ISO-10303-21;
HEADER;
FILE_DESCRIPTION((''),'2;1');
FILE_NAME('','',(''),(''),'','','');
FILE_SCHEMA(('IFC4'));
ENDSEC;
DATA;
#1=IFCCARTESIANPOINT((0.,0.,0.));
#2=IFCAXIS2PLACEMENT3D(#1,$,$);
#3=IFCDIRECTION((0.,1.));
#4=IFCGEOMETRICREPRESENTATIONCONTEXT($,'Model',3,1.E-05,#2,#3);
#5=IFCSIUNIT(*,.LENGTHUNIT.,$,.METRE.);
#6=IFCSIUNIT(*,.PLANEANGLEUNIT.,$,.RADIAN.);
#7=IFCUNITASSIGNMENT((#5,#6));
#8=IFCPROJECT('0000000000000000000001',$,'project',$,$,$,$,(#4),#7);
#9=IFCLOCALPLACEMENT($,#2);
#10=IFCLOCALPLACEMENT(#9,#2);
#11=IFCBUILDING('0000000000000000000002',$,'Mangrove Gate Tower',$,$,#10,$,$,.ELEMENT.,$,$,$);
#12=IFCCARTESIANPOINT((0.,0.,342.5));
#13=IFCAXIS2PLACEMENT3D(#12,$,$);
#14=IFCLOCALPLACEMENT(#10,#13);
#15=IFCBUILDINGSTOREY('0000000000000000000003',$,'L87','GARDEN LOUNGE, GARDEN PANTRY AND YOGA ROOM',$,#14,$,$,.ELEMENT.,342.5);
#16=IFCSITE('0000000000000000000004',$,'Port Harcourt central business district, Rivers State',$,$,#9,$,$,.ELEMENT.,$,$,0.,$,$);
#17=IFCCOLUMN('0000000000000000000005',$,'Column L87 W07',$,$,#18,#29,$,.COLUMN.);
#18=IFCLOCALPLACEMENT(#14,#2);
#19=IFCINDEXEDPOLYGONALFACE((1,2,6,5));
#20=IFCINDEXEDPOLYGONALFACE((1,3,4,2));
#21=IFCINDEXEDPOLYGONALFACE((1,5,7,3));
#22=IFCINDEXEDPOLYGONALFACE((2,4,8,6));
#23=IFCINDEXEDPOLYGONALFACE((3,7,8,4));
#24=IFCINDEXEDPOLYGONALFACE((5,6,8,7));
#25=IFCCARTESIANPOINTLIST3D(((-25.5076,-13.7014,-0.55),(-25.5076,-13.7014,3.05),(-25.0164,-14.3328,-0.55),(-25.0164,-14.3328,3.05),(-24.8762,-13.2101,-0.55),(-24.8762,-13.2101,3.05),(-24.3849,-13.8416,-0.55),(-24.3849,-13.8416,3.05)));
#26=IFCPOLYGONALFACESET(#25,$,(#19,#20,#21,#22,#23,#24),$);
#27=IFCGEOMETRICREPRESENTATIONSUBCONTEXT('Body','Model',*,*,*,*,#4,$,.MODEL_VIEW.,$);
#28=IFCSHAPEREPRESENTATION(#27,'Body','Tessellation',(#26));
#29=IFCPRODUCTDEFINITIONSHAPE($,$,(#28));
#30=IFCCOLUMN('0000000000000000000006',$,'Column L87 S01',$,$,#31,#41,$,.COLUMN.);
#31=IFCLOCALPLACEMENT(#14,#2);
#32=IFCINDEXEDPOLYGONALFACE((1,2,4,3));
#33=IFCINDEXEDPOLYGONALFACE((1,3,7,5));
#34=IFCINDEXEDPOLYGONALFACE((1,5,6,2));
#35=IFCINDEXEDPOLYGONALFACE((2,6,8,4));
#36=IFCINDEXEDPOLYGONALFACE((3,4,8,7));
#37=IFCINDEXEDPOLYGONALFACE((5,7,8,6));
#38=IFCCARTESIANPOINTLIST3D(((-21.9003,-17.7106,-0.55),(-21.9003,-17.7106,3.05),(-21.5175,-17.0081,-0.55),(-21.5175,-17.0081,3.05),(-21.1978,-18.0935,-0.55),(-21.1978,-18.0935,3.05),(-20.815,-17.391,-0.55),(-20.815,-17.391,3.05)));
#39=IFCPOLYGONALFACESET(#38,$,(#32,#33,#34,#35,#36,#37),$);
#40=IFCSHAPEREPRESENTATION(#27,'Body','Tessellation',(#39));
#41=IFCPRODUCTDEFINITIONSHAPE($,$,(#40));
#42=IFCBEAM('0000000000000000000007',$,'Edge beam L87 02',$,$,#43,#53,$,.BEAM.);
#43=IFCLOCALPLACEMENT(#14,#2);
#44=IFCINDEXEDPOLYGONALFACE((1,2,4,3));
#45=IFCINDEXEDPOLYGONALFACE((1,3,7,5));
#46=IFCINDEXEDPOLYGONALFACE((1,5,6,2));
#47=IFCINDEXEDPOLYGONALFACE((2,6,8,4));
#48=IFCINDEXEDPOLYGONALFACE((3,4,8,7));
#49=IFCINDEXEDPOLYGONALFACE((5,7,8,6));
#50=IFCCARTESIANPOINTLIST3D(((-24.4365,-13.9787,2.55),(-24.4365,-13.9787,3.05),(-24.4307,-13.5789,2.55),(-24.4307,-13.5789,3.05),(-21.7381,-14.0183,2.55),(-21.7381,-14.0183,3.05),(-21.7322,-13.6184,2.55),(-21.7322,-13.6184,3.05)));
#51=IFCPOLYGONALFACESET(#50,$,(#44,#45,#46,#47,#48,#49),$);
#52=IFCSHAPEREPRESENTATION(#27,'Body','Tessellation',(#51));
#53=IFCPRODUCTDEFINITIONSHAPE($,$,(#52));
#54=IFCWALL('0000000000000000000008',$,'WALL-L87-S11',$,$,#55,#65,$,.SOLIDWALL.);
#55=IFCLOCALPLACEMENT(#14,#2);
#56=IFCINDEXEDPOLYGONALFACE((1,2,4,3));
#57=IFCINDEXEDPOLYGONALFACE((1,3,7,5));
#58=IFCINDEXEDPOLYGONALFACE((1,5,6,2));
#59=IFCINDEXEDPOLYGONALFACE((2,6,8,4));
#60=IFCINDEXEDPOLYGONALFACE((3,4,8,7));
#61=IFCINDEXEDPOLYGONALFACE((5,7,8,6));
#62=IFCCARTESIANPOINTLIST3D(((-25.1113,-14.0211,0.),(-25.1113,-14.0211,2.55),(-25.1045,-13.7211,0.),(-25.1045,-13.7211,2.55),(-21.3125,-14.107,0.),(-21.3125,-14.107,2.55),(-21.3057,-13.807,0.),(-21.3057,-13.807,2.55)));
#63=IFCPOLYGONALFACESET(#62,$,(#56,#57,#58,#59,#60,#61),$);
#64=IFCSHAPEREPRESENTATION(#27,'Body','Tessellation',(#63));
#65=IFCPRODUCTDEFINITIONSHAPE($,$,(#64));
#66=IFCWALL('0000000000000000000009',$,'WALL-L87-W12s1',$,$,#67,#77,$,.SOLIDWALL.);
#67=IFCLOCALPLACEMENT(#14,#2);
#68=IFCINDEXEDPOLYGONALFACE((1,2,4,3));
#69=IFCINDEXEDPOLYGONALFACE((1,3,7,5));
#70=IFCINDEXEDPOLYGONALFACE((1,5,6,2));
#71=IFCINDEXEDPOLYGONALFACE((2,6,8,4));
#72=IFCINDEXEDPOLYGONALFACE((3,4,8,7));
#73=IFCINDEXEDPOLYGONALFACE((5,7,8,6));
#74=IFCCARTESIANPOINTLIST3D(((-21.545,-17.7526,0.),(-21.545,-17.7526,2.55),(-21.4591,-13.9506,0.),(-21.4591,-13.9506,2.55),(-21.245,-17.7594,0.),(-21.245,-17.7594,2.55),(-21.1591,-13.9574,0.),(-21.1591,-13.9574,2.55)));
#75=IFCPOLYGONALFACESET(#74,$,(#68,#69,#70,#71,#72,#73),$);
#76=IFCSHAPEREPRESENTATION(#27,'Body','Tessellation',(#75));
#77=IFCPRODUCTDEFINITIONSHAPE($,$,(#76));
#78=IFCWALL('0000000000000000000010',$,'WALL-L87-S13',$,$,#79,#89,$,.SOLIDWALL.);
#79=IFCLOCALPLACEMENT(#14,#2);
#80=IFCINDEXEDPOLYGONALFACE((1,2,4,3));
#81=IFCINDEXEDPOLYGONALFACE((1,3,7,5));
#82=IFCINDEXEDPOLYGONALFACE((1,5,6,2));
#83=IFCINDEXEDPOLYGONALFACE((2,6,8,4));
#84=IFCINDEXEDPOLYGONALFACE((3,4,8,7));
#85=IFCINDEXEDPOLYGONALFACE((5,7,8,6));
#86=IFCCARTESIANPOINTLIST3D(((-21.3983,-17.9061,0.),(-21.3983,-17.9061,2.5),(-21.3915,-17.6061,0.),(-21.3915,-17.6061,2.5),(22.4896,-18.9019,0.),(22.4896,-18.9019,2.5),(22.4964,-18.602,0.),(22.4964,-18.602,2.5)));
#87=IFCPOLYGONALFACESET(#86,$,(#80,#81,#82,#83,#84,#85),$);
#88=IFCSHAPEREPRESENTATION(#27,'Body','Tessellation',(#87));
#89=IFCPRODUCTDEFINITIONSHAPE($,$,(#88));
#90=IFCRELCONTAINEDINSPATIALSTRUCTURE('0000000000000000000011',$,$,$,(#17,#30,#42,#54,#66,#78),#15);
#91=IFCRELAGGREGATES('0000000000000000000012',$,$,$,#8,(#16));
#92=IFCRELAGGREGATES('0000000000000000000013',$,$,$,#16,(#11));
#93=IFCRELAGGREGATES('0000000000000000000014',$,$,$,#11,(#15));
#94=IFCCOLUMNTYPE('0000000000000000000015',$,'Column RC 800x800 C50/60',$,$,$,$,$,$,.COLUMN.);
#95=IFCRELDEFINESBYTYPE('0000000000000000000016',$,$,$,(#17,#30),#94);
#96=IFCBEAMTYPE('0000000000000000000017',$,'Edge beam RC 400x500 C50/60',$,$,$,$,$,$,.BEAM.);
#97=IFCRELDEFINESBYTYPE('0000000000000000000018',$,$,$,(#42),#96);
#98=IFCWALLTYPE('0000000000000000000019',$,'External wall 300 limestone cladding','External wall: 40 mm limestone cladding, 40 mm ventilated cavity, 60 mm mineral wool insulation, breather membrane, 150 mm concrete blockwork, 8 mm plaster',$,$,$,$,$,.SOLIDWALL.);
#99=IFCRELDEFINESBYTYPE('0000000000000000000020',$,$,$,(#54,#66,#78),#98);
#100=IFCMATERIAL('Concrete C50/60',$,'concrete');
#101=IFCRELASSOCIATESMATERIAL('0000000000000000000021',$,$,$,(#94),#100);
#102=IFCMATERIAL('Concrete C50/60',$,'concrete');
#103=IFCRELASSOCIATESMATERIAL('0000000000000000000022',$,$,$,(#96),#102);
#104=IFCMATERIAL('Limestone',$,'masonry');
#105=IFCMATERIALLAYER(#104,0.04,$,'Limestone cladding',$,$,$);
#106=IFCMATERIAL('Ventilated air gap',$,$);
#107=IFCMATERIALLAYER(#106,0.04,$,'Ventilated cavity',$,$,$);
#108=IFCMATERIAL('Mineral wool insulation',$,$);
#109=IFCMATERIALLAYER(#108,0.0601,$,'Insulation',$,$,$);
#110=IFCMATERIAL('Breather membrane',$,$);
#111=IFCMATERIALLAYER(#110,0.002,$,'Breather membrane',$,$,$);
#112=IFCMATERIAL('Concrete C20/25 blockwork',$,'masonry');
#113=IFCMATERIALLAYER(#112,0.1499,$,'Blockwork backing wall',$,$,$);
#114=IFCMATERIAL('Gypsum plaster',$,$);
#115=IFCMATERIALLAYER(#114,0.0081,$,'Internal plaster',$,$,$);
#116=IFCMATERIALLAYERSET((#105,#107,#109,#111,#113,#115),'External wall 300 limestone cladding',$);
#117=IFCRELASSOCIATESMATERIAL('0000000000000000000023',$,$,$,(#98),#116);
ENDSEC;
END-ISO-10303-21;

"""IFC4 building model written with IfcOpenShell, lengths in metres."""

from ifc_helpers import new_model, si_unit, direction, frame, frame_2d, origin, origin_2d, place, context, subcontext, project, spatial, rectangle, extrude, material, layer, layer_set, material_profile, profile_set, type_object, element, save


model = new_model("IFC4")

# Units and contexts
model_context = context("Model", 3, precision=1e-05, world=origin(), true_north=direction((0.0, 1.0)))
body_context = subcontext(model_context, "Body", "Model", "MODEL_VIEW")
ifc_project = project(units=[si_unit("LENGTHUNIT", "METRE"), si_unit("PLANEANGLEUNIT", "RADIAN")], contexts=[model_context])

# Site, building, storey
site_placement = place(None, origin())
site = spatial("IfcSite", under=ifc_project, at=site_placement, Name="Port Harcourt central business district, Rivers State", CompositionType="ELEMENT", RefElevation=0.0)
building_placement = place(site_placement, origin())
building = spatial("IfcBuilding", under=site, at=building_placement, Name="Mangrove Gate Tower", CompositionType="ELEMENT")
storey_placement = place(building_placement, frame((0.0, 0.0, 342.5)))
storey = spatial("IfcBuildingStorey", under=building, at=storey_placement, Name="L87", Description="GARDEN LOUNGE, GARDEN PANTRY AND YOGA ROOM", CompositionType="ELEMENT", Elevation=342.5)

# Columns
ifc_material_1 = material(Name="Concrete C50/60", Category="concrete")
ifc_material_profile_1 = material_profile(ifc_material_1, rectangle(XDim=0.8, YDim=0.8, at=origin_2d()))
ifc_profile_set_1 = profile_set([ifc_material_profile_1], Name="Concrete C50/60")
column_type = type_object("IfcColumnType", Name="Column RC 800x800 C50/60", PredefinedType="COLUMN", material=ifc_profile_set_1)
for number, where, z_axis, x_axis, name in (
    (1, (-24.9463, -13.7715, -0.55), (0.0, 0.0, 1.0), (0.614033, -0.789281, 0.0), "Column L87 W07"),
    (2, (-21.3577, -17.5508, -0.55), (0.0, 0.0, 1.0), (0.878066, -0.478539, 0.0), "Column L87 S01"),
):
    element("IfcColumn", number, at=place(storey_placement, frame(where, z_axis=z_axis, x_axis=x_axis)), inside=storey, type_object=column_type, Name=name, PredefinedType="COLUMN", context=body_context, shape_type="SweptSolid", body=[
        extrude(rectangle(XDim=0.8, YDim=0.8, at=origin_2d()), origin(), (0.0, 0.0, 1.0), 3.6001),
    ])

# Beam
ifc_material_2 = material(Name="Concrete C50/60", Category="concrete")
ifc_material_profile_2 = material_profile(ifc_material_2, rectangle(XDim=0.3999, YDim=0.5, at=origin_2d()))
ifc_profile_set_2 = profile_set([ifc_material_profile_2], Name="Concrete C50/60")
beam_type = type_object("IfcBeamType", Name="Edge beam RC 400x500 C50/60", PredefinedType="BEAM", material=ifc_profile_set_2)
beam_placement = place(storey_placement, frame((-24.4336, -13.7788, 2.8), z_axis=(0.999893, -0.014655, 0.0), x_axis=(0.014655, 0.999893, 0.0)))
element("IfcBeam", 3, at=beam_placement, inside=storey, type_object=beam_type, Name="Edge beam L87 02", PredefinedType="BEAM", context=body_context, shape_type="SweptSolid", body=[
    extrude(rectangle(XDim=0.3999, YDim=0.5, at=origin_2d()), origin(), (0.0, 0.0, 1.0), 2.6987),
])

# Walls
ifc_material_3 = material(Name="Limestone", Category="masonry")
ifc_layer_1 = layer(ifc_material_3, 0.04, Name="Limestone cladding")
ifc_material_4 = material(Name="Ventilated air gap")
ifc_layer_2 = layer(ifc_material_4, 0.04, Name="Ventilated cavity")
ifc_material_5 = material(Name="Mineral wool insulation")
ifc_layer_3 = layer(ifc_material_5, 0.0601, Name="Insulation")
ifc_material_6 = material(Name="Breather membrane")
ifc_layer_4 = layer(ifc_material_6, 0.002, Name="Breather membrane")
ifc_material_7 = material(Name="Concrete C20/25 blockwork", Category="masonry")
ifc_layer_5 = layer(ifc_material_7, 0.1499, Name="Blockwork backing wall")
ifc_material_8 = material(Name="Gypsum plaster")
ifc_layer_6 = layer(ifc_material_8, 0.0081, Name="Internal plaster")
ifc_layer_set = layer_set([ifc_layer_1, ifc_layer_2, ifc_layer_3, ifc_layer_4, ifc_layer_5, ifc_layer_6], Name="External wall 300 limestone cladding")
wall_type = type_object("IfcWallType", Name="External wall 300 limestone cladding", Description="External wall: 40 mm limestone cladding, 40 mm ventilated cavity, 60 mm mineral wool insulation, breather membrane, 150 mm concrete blockwork, 8 mm plaster", PredefinedType="SOLIDWALL", material=ifc_layer_set)
wall_1_placement = place(storey_placement, frame((-25.1079, -13.8711, 0.0), z_axis=(0.0, 0.0, 1.0), x_axis=(0.999744, -0.022616, 0.0)))
element("IfcWall", 4, at=wall_1_placement, inside=storey, type_object=wall_type, Name="WALL-L87-S11", PredefinedType="SOLIDWALL", context=body_context, shape_type="SweptSolid", body=[
    extrude(rectangle(XDim=3.7998, YDim=0.3, at=frame_2d((1.8999, 0.0))), origin(), (0.0, 0.0, 1.0), 2.55),
])
wall_2_placement = place(storey_placement, frame((-21.3091, -13.9541, 0.0), z_axis=(0.0, 0.0, 1.0), x_axis=(-0.022597, -0.999745, 0.0)))
element("IfcWall", 5, at=wall_2_placement, inside=storey, type_object=wall_type, Name="WALL-L87-W12s1", PredefinedType="SOLIDWALL", context=body_context, shape_type="SweptSolid", body=[
    extrude(rectangle(XDim=3.803, YDim=0.3, at=frame_2d((1.9014, 0.0))), origin(), (0.0, 0.0, 1.0), 2.55),
])
wall_3_placement = place(storey_placement, frame((-21.395, -17.7561, 0.0), z_axis=(0.0, 0.0, 1.0), x_axis=(0.999743, -0.022685, 0.0)))
element("IfcWall", 6, at=wall_3_placement, inside=storey, type_object=wall_type, Name="WALL-L87-S13", PredefinedType="SOLIDWALL", context=body_context, shape_type="SweptSolid", body=[
    extrude(rectangle(XDim=43.8992, YDim=0.3, at=frame_2d((21.9497, 0.0))), origin(), (0.0, 0.0, 1.0), 2.5),
])

save(model, "model.ifc")
